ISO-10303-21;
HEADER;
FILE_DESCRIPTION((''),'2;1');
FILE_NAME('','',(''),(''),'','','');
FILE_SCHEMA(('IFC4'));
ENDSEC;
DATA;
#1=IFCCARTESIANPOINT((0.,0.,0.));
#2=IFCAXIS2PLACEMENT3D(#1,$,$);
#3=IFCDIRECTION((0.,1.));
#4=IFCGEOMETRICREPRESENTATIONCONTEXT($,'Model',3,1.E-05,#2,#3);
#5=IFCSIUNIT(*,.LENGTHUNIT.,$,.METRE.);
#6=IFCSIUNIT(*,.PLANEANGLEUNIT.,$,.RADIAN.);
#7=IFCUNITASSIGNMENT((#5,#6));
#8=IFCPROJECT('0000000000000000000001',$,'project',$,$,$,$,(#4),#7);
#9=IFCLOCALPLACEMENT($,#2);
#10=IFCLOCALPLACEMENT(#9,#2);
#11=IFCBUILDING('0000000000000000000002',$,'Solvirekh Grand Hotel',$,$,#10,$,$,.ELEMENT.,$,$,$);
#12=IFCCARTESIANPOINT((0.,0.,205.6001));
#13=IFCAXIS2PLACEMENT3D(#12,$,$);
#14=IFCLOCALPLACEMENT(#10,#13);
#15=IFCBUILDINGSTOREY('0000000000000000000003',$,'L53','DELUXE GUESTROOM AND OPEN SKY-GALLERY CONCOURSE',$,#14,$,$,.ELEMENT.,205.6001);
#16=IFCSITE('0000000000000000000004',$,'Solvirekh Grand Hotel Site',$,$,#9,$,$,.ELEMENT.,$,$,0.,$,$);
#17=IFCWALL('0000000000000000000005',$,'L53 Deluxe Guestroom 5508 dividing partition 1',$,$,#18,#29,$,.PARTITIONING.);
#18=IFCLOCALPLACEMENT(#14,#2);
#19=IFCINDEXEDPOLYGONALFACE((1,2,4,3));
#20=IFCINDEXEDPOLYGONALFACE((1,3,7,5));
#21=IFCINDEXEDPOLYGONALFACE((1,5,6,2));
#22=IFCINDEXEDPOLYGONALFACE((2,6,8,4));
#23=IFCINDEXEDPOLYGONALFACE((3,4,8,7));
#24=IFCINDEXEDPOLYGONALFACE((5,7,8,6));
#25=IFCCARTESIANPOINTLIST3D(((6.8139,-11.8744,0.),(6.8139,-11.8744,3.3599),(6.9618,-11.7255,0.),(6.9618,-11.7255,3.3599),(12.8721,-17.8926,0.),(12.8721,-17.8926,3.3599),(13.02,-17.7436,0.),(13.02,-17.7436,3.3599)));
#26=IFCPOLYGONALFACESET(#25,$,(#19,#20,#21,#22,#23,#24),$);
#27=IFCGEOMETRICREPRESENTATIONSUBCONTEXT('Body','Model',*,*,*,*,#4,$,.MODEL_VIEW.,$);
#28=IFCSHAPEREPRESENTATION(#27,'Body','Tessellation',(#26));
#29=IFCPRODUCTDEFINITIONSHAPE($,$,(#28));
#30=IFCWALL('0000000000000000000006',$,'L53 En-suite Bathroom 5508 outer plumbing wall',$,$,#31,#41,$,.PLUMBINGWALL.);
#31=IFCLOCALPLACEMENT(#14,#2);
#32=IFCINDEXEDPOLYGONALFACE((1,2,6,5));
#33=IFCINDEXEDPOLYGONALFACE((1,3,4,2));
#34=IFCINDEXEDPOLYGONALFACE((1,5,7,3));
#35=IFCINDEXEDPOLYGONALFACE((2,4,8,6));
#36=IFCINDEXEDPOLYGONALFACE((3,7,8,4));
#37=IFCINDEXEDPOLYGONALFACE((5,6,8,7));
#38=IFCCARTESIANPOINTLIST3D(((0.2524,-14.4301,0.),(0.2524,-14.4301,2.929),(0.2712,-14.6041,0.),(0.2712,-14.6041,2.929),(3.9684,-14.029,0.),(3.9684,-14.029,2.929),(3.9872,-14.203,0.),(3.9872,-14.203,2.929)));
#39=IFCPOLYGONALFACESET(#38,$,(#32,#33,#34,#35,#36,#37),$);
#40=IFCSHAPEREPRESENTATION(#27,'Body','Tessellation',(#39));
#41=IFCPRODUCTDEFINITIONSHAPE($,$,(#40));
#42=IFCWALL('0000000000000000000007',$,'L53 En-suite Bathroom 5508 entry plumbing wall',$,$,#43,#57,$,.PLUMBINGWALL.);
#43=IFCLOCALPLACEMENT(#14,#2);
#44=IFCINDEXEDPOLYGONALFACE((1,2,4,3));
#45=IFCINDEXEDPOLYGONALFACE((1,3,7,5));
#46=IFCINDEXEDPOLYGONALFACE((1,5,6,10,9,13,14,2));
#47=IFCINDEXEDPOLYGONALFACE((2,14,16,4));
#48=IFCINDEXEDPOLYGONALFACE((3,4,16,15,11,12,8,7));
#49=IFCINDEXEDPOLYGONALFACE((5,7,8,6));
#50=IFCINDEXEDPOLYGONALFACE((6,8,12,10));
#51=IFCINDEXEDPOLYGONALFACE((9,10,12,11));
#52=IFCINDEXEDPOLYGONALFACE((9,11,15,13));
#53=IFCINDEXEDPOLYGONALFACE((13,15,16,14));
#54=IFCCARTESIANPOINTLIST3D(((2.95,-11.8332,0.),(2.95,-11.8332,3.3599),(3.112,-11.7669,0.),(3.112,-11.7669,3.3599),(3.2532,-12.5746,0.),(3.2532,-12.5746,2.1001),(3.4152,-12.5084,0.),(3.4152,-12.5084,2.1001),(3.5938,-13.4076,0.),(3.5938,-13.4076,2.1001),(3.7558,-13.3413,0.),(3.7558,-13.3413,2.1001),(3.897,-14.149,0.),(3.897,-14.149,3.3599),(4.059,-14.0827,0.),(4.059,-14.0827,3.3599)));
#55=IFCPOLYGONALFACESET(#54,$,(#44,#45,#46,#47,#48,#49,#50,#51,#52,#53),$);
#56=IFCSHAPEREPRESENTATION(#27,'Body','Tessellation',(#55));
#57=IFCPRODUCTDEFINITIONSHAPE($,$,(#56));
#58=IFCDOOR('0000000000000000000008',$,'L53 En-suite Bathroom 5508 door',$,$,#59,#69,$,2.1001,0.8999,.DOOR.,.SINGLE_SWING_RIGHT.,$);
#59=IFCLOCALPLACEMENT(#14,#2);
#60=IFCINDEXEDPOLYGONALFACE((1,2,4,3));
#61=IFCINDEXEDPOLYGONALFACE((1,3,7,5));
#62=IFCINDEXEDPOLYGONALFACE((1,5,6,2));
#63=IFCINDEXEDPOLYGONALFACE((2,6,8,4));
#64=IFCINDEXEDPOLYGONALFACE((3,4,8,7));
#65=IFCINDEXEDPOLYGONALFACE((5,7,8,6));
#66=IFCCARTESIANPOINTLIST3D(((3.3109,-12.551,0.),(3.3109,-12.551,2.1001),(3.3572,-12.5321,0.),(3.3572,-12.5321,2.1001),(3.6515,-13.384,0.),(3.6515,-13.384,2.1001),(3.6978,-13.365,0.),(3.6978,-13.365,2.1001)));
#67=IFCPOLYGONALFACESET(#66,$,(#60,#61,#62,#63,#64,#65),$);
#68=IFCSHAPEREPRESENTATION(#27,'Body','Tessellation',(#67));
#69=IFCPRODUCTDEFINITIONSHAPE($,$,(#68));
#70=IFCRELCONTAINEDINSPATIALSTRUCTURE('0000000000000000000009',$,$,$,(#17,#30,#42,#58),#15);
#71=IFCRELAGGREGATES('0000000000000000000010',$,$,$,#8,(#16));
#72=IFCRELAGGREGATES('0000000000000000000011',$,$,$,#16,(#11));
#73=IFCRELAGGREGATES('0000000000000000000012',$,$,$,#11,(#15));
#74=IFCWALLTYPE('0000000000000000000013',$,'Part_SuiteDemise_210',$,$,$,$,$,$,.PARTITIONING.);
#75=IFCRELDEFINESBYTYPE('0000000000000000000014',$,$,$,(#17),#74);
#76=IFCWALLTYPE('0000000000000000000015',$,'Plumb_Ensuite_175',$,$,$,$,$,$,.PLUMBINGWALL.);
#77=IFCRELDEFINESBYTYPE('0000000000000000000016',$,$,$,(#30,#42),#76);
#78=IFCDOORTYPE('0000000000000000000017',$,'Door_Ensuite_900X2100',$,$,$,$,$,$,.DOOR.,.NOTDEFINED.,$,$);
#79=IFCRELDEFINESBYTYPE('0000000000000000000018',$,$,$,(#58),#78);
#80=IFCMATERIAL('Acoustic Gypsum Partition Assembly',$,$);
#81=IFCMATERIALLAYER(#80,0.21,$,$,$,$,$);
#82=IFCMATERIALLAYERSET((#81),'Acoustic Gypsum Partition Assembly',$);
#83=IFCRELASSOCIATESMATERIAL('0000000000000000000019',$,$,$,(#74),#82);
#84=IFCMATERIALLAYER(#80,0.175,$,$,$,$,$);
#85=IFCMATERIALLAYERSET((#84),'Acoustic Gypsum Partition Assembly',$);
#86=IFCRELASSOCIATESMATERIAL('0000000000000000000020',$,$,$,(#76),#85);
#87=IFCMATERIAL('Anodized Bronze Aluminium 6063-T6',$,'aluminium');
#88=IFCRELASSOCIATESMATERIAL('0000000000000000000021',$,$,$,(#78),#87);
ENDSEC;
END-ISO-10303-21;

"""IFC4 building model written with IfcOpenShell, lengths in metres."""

from ifc_helpers import new_model, si_unit, direction, frame, frame_2d, origin, place, context, subcontext, project, spatial, rectangle, extrude, material, layer, layer_set, type_object, element, fill, save


model = new_model("IFC4")

# Units and contexts
model_context = context("Model", 3, precision=1e-05, world=origin(), true_north=direction((0.0, 1.0)))
body_context = subcontext(model_context, "Body", "Model", "MODEL_VIEW")
ifc_project = project(units=[si_unit("LENGTHUNIT", "METRE"), si_unit("PLANEANGLEUNIT", "RADIAN")], contexts=[model_context])

# Site, building, storey
site_placement = place(None, origin())
site = spatial("IfcSite", under=ifc_project, at=site_placement, Name="Solvirekh Grand Hotel Site", CompositionType="ELEMENT", RefElevation=0.0)
building_placement = place(site_placement, origin())
building = spatial("IfcBuilding", under=site, at=building_placement, Name="Solvirekh Grand Hotel", CompositionType="ELEMENT")
storey_placement = place(building_placement, frame((0.0, 0.0, 205.6001)))
storey = spatial("IfcBuildingStorey", under=building, at=storey_placement, Name="L53", Description="DELUXE GUESTROOM AND OPEN SKY-GALLERY CONCOURSE", CompositionType="ELEMENT", Elevation=205.6001)

# Shared definitions
ifc_material_1 = material(Name="Anodized Bronze Aluminium 6063-T6", Category="aluminium")

# Shared definitions
ifc_material_2 = material(Name="Acoustic Gypsum Partition Assembly")

# Walls
ifc_layer_1 = layer(ifc_material_2, 0.21)
ifc_layer_set_1 = layer_set([ifc_layer_1], Name="Acoustic Gypsum Partition Assembly")
wall_type_1 = type_object("IfcWallType", Name="Part_SuiteDemise_210", PredefinedType="PARTITIONING", material=ifc_layer_set_1)
wall_1_placement = place(storey_placement, frame((6.8879, -11.8, 0.0), z_axis=(0.0, 0.0, 1.0), x_axis=(0.709447, -0.704758, 0.0)))
element("IfcWall", 1, at=wall_1_placement, inside=storey, type_object=wall_type_1, Name="L53 Deluxe Guestroom 5508 dividing partition 1", PredefinedType="PARTITIONING", context=body_context, shape_type="SweptSolid", body=[
    extrude(rectangle(XDim=8.5393, YDim=0.21, at=frame_2d((4.2695, 0.0))), origin(), (0.0, 0.0, 1.0), 3.3599),
])
ifc_layer_2 = layer(ifc_material_2, 0.175)
ifc_layer_set_2 = layer_set([ifc_layer_2], Name="Acoustic Gypsum Partition Assembly")
wall_type_2 = type_object("IfcWallType", Name="Plumb_Ensuite_175", PredefinedType="PLUMBINGWALL", material=ifc_layer_set_2)
wall_2_placement = place(storey_placement, frame((0.262, -14.5171, 0.0), z_axis=(0.0, 0.0, 1.0), x_axis=(0.994225, 0.10732, 0.0)))
element("IfcWall", 2, at=wall_2_placement, inside=storey, type_object=wall_type_2, Name="L53 En-suite Bathroom 5508 outer plumbing wall", PredefinedType="PLUMBINGWALL", context=body_context, shape_type="SweptSolid", body=[
    extrude(rectangle(XDim=3.7375, YDim=0.175, at=frame_2d((1.8687, 0.0))), origin(), (0.0, 0.0, 1.0), 2.929),
])

# Wall, opening, door
wall_3_placement = place(storey_placement, frame((3.031, -11.8, 0.0), z_axis=(0.0, 0.0, 1.0), x_axis=(0.378496, -0.925603, 0.0)))
wall_3 = element("IfcWall", 3, at=wall_3_placement, inside=storey, type_object=wall_type_2, Name="L53 En-suite Bathroom 5508 entry plumbing wall", PredefinedType="PLUMBINGWALL", context=body_context, shape_type="SweptSolid", body=[
    extrude(rectangle(XDim=2.502, YDim=0.175, at=frame_2d((1.251, 0.0))), origin(), (0.0, 0.0, 1.0), 3.3599),
])
opening_1_placement = place(wall_3_placement, frame((0.801, 0.0, 0.0)))
opening_1 = element("IfcOpeningElement", 4, at=opening_1_placement, cuts=wall_3, PredefinedType="OPENING", context=body_context, shape_type="SweptSolid", body=[
    extrude(rectangle(XDim=0.8999, YDim=2.1001, at=frame_2d((0.45, 1.05))), frame((0.0, 0.0977, 0.0), z_axis=(0.0, -1.0, 0.0), x_axis=(1.0, 0.0, 0.0)), (0.0, 0.0, 1.0), 0.1951),
])
door_type_1 = type_object("IfcDoorType", Name="Door_Ensuite_900X2100", OperationType="NOTDEFINED", PredefinedType="DOOR", material=ifc_material_1)
door_1_placement = place(opening_1_placement, origin())
door_1 = element("IfcDoor", 5, at=door_1_placement, inside=storey, type_object=door_type_1, Name="L53 En-suite Bathroom 5508 door", OperationType="SINGLE_SWING_RIGHT", OverallHeight=2.1001, OverallWidth=0.8999, PredefinedType="DOOR", context=body_context, shape_type="SweptSolid", body=[
    extrude(rectangle(XDim=0.8999, YDim=2.1001, at=frame_2d((0.45, 1.05))), frame((0.0, 0.0249, 0.0), z_axis=(0.0, -1.0, 0.0), x_axis=(1.0, 0.0, 0.0)), (0.0, 0.0, 1.0), 0.05),
])
fill(opening_1, door_1)

save(model, "model.ifc")
